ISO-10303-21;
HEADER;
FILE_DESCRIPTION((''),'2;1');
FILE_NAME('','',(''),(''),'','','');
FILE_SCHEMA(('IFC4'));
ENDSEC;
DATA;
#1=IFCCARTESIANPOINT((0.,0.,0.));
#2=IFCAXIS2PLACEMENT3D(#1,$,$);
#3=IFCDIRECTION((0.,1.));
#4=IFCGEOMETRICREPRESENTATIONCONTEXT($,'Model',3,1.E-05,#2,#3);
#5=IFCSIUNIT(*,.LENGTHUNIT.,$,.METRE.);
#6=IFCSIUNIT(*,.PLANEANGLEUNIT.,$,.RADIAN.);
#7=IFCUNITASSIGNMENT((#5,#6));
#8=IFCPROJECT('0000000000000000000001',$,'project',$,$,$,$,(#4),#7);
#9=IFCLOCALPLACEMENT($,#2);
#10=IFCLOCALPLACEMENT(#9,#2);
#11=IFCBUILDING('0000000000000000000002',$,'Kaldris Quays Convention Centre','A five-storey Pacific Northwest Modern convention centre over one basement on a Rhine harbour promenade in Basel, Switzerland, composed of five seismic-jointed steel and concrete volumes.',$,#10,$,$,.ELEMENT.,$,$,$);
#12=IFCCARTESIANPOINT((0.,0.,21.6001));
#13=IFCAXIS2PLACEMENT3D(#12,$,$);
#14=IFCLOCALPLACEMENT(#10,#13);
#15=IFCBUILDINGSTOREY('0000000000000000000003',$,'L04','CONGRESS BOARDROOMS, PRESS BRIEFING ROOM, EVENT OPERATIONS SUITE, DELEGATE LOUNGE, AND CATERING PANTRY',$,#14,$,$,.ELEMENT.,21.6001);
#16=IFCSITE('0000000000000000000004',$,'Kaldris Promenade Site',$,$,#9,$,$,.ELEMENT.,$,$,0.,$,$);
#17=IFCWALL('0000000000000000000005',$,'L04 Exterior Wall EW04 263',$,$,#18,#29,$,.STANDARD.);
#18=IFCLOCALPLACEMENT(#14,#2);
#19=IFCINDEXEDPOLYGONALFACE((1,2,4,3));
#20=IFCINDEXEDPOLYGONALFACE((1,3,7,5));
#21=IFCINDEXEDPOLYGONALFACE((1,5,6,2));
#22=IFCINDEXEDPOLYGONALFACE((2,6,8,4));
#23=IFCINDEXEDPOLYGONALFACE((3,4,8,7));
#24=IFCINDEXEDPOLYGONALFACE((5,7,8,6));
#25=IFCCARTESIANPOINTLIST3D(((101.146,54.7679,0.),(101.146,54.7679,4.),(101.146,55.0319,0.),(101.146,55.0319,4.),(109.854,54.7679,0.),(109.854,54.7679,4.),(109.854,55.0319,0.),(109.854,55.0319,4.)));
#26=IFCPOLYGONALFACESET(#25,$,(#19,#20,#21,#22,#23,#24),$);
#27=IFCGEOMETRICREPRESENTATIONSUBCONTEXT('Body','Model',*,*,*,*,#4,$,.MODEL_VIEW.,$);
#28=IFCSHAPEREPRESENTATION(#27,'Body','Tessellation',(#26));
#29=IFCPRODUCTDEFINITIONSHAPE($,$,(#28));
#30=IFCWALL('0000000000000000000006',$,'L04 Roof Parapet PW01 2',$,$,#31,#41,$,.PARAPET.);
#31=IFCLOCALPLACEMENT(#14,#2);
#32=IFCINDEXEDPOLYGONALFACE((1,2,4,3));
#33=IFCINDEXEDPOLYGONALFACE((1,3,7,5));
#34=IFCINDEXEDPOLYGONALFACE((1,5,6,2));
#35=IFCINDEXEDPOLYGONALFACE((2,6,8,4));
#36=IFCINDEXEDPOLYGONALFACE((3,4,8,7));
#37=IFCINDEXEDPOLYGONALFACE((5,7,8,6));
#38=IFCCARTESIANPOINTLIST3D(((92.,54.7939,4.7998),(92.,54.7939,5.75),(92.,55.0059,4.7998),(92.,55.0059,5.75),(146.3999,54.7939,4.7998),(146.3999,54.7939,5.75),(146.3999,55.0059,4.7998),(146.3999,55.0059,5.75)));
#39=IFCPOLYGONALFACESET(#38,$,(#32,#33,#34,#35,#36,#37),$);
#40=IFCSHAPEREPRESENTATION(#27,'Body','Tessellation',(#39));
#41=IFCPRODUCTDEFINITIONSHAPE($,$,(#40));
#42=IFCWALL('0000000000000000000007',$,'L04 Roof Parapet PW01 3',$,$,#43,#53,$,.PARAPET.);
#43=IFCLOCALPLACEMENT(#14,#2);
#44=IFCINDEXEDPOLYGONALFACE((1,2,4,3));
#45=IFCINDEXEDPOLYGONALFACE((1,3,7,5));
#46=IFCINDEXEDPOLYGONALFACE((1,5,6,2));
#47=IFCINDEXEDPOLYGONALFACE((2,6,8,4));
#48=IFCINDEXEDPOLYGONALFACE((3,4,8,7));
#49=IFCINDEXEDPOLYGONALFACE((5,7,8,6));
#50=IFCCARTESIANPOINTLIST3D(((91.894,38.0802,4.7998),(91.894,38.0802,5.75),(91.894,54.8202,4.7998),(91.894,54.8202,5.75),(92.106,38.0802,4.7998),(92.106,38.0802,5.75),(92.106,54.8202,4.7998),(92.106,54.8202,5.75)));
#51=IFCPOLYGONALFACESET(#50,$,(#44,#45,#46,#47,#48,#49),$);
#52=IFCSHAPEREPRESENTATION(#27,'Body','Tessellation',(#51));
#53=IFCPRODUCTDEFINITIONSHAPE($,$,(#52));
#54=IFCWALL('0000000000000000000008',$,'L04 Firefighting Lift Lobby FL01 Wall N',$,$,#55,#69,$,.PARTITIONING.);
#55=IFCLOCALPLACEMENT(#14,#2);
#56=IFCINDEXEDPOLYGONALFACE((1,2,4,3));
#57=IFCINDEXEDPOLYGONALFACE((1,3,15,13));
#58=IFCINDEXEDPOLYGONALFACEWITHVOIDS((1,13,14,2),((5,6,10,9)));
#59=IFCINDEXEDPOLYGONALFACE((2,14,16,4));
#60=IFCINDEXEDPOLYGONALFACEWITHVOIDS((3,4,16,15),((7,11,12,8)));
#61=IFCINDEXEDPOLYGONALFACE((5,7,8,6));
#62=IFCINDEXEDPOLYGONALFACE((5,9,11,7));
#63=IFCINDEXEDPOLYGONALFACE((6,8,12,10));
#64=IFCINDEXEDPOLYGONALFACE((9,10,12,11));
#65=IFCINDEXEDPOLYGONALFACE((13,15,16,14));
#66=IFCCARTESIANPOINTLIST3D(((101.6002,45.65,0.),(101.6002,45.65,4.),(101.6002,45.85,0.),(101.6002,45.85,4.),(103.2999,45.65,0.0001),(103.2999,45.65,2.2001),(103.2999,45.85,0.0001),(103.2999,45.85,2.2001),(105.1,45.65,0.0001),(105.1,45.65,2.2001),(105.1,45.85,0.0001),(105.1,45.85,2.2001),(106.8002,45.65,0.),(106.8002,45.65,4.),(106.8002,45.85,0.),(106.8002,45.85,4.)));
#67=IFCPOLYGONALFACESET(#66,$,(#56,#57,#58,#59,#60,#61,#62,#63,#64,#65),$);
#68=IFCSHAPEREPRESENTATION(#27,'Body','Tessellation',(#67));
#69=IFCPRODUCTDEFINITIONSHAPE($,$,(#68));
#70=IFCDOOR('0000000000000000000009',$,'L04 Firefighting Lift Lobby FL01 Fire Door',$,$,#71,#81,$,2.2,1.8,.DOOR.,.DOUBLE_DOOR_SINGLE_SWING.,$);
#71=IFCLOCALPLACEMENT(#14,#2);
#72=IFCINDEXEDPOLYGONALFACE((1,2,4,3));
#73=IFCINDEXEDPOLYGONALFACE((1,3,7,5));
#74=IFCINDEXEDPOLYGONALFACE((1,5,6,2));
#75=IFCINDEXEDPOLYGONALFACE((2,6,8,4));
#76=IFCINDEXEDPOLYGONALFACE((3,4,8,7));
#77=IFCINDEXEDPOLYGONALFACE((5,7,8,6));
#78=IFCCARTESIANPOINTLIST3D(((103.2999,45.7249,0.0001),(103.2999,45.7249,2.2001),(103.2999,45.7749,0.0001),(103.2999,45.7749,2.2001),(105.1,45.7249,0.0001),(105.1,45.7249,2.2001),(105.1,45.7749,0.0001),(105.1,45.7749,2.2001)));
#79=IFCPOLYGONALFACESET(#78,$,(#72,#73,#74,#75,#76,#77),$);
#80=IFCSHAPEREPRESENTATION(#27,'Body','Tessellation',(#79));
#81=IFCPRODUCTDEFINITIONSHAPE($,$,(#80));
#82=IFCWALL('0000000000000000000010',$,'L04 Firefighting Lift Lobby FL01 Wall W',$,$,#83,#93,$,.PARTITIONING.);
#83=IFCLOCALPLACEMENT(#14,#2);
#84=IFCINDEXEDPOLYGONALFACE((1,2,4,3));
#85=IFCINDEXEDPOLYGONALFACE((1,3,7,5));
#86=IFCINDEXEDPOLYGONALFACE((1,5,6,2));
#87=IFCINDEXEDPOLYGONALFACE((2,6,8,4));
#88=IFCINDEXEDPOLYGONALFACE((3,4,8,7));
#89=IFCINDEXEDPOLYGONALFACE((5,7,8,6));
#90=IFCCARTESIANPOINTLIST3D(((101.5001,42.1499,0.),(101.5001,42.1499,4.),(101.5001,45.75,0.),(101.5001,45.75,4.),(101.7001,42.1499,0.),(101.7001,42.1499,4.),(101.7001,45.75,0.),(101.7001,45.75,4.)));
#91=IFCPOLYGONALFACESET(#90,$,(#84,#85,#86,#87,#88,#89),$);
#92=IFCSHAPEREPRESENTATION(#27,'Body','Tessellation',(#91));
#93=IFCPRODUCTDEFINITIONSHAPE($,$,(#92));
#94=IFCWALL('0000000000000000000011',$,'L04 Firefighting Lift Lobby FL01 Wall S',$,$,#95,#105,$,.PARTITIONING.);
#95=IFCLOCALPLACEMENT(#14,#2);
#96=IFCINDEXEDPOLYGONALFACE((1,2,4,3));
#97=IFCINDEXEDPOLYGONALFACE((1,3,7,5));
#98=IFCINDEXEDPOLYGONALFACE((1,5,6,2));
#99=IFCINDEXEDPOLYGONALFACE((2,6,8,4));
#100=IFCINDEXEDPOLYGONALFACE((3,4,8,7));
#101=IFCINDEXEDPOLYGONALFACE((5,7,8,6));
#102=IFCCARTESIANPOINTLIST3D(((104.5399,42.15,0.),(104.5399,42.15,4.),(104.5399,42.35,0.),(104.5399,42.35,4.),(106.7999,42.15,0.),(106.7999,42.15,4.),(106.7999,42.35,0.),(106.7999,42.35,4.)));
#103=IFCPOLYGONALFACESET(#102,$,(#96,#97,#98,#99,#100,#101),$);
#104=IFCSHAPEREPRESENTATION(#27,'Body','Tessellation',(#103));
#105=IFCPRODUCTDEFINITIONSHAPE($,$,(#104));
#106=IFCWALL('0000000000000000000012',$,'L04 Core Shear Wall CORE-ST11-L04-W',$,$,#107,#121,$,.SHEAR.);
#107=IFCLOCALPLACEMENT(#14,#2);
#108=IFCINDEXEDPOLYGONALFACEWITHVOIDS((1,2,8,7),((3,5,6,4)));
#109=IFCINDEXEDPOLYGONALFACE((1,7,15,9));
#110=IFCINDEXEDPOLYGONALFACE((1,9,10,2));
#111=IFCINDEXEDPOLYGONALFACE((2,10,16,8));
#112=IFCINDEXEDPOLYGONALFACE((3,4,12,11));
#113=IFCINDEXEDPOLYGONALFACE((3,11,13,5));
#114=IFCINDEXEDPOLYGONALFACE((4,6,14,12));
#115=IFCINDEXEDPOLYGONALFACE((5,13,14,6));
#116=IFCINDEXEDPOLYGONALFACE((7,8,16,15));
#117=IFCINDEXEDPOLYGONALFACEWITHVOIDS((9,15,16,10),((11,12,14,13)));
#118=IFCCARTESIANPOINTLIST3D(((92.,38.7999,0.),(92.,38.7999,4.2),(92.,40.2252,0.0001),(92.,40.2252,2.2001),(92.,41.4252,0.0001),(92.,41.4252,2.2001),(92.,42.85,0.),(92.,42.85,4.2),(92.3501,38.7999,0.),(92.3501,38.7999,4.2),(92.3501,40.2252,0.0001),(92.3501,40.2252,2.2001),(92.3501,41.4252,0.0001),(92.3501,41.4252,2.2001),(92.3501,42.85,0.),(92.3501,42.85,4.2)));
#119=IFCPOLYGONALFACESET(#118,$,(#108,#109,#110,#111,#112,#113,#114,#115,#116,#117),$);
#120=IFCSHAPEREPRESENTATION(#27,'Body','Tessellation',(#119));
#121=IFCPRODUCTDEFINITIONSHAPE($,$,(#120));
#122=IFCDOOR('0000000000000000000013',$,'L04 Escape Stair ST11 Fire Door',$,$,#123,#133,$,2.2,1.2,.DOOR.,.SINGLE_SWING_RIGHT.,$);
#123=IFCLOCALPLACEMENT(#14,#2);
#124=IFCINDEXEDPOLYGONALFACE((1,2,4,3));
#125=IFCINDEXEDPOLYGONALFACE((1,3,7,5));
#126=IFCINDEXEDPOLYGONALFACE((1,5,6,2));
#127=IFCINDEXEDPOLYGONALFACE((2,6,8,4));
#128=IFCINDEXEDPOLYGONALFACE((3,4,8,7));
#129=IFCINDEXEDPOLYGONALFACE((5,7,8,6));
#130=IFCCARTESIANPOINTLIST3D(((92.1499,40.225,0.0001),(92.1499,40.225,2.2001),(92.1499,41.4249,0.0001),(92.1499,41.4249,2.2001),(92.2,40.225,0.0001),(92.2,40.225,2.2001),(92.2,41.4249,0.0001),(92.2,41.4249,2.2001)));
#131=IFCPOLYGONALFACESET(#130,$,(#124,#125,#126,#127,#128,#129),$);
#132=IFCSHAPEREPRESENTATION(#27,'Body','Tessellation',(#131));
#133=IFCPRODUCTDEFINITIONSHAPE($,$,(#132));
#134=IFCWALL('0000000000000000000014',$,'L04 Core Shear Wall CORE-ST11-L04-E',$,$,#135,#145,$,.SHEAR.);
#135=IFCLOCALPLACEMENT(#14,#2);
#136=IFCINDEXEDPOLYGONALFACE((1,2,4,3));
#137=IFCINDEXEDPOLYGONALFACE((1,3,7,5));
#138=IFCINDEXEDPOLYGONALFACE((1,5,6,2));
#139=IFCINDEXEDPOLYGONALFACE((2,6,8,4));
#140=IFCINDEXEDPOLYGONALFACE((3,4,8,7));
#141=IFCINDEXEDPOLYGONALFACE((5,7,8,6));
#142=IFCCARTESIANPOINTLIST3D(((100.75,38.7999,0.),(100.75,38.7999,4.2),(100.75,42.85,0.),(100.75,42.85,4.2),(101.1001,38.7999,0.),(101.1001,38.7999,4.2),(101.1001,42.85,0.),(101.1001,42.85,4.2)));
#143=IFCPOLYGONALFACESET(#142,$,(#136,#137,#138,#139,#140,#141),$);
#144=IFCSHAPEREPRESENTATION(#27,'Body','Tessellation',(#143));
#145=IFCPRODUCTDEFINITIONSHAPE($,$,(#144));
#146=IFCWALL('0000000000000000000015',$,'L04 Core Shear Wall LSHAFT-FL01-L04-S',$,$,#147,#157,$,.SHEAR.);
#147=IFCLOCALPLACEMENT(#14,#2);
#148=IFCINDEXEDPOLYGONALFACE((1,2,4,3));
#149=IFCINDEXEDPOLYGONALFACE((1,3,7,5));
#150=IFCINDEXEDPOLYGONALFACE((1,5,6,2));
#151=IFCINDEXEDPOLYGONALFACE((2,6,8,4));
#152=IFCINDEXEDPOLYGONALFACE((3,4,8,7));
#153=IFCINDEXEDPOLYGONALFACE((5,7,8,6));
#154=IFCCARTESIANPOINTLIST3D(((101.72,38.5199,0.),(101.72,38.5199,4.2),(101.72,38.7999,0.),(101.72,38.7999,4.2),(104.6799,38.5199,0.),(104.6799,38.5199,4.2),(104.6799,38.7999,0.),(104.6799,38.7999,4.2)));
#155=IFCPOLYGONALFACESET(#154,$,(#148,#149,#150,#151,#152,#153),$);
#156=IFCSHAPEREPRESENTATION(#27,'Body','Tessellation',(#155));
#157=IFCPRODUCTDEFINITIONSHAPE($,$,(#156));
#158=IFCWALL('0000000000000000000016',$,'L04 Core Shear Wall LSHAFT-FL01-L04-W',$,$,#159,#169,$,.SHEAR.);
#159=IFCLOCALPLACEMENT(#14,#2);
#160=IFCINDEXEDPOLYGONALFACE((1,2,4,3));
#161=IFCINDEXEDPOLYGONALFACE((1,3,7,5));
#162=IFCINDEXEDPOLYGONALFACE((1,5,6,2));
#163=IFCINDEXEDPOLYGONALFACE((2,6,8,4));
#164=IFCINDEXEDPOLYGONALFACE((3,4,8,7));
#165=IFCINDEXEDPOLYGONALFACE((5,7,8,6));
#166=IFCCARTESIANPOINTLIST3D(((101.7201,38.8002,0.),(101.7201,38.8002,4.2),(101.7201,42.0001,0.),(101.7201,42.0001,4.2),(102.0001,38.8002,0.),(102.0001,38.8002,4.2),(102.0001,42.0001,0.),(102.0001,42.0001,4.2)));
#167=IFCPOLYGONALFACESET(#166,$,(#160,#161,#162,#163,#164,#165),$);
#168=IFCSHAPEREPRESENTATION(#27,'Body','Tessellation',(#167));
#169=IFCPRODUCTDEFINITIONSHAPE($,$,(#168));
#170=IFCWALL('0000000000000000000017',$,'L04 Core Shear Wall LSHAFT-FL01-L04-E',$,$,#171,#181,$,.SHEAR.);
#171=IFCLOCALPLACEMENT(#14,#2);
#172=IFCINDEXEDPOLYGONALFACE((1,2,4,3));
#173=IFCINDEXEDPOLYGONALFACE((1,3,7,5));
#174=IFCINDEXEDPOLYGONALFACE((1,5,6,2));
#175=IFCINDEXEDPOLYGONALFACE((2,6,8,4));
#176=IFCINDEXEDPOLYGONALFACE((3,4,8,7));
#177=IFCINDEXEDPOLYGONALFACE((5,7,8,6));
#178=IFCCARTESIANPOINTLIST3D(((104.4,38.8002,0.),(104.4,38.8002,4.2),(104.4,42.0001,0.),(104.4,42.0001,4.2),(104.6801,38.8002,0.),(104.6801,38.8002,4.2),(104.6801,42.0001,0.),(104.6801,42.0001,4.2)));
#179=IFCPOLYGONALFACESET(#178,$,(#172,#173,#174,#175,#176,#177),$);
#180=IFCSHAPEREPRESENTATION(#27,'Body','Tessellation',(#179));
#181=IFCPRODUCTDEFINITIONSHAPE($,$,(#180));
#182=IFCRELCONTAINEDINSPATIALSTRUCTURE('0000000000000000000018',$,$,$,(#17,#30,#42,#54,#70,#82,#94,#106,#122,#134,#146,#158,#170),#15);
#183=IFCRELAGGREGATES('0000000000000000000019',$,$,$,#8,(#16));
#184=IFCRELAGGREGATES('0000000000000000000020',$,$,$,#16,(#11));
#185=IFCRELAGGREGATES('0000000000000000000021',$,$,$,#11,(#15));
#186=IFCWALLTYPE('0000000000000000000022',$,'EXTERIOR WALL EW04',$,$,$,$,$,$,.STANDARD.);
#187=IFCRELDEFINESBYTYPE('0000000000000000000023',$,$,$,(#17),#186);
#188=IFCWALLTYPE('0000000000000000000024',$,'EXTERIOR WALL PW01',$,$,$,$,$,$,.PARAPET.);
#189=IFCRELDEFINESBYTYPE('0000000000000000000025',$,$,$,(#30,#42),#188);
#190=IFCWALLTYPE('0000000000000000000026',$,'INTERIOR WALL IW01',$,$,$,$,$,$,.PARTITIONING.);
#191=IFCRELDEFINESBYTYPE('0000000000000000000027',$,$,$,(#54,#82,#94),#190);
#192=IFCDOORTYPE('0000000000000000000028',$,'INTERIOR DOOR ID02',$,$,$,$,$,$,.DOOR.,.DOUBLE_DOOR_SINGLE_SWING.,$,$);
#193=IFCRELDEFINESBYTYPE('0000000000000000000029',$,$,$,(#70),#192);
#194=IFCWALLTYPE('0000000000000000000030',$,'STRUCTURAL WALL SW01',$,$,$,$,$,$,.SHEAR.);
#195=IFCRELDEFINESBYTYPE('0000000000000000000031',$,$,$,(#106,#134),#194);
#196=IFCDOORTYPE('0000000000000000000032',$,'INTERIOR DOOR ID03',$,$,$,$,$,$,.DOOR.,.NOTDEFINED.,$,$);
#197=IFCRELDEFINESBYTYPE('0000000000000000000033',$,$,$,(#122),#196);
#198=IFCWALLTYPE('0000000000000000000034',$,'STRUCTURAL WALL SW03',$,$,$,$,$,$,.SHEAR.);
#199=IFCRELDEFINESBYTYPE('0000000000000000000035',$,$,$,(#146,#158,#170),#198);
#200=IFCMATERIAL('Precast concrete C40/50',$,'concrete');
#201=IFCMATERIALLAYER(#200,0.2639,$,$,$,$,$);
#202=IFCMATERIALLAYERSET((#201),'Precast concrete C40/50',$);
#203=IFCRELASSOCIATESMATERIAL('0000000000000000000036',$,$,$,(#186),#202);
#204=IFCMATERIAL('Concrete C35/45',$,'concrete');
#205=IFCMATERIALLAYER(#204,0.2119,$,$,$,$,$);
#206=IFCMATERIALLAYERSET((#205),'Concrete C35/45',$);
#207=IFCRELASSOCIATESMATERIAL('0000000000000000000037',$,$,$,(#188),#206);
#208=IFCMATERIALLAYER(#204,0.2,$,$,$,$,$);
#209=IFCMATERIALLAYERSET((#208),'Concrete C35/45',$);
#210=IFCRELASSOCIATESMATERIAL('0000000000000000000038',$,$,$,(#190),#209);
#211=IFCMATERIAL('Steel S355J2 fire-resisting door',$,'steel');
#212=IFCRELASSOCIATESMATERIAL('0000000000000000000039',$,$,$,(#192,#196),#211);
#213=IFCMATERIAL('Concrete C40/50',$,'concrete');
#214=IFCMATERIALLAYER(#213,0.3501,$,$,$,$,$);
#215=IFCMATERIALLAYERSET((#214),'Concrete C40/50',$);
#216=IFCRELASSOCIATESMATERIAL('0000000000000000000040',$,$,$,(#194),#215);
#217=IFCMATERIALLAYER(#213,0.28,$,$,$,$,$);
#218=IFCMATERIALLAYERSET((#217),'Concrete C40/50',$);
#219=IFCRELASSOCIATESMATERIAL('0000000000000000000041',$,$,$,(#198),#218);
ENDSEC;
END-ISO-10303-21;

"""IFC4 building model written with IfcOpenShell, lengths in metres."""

from ifc_helpers import new_model, si_unit, direction, frame, frame_2d, origin, place, context, subcontext, project, spatial, rectangle, extrude, material, layer, layer_set, type_object, element, fill, save


model = new_model("IFC4")

# Units and contexts
model_context = context("Model", 3, precision=1e-05, world=origin(), true_north=direction((0.0, 1.0)))
body_context = subcontext(model_context, "Body", "Model", "MODEL_VIEW")
ifc_project = project(units=[si_unit("LENGTHUNIT", "METRE"), si_unit("PLANEANGLEUNIT", "RADIAN")], contexts=[model_context])

# Site, building, storey
site_placement = place(None, origin())
site = spatial("IfcSite", under=ifc_project, at=site_placement, Name="Kaldris Promenade Site", CompositionType="ELEMENT", RefElevation=0.0)
building_placement = place(site_placement, origin())
building = spatial("IfcBuilding", under=site, at=building_placement, Name="Kaldris Quays Convention Centre", Description="A five-storey Pacific Northwest Modern convention centre over one basement on a Rhine harbour promenade in Basel, Switzerland, composed of five seismic-jointed steel and concrete volumes.", CompositionType="ELEMENT")
storey_placement = place(building_placement, frame((0.0, 0.0, 21.6001)))
storey = spatial("IfcBuildingStorey", under=building, at=storey_placement, Name="L04", Description="CONGRESS BOARDROOMS, PRESS BRIEFING ROOM, EVENT OPERATIONS SUITE, DELEGATE LOUNGE, AND CATERING PANTRY", CompositionType="ELEMENT", Elevation=21.6001)

# Walls
ifc_material_1 = material(Name="Precast concrete C40/50", Category="concrete")
ifc_layer_1 = layer(ifc_material_1, 0.2639)
ifc_layer_set_1 = layer_set([ifc_layer_1], Name="Precast concrete C40/50")
wall_type_1 = type_object("IfcWallType", Name="EXTERIOR WALL EW04", PredefinedType="STANDARD", material=ifc_layer_set_1)
for number, where, z_axis, x_axis, name in (
    (1, (101.146, 54.8999, 0.0), (0.0, 0.0, 1.0), (1.0, 0.0, 0.0), "L04 Exterior Wall EW04 263"),
):
    element("IfcWall", number, at=place(storey_placement, frame(where, z_axis=z_axis, x_axis=x_axis)), inside=storey, type_object=wall_type_1, Name=name, PredefinedType="STANDARD", context=body_context, shape_type="SweptSolid", body=[
        extrude(rectangle(XDim=8.708, YDim=0.2639, at=frame_2d((4.354, 0.0))), origin(), (0.0, 0.0, 1.0), 4.0),
    ])
ifc_material_2 = material(Name="Concrete C35/45", Category="concrete")
ifc_layer_2 = layer(ifc_material_2, 0.2119)
ifc_layer_set_2 = layer_set([ifc_layer_2], Name="Concrete C35/45")
wall_type_2 = type_object("IfcWallType", Name="EXTERIOR WALL PW01", PredefinedType="PARAPET", material=ifc_layer_set_2)
wall_1_placement = place(storey_placement, frame((92.0, 54.8999, 4.7998), z_axis=(0.0, 0.0, 1.0), x_axis=(1.0, 0.0, 0.0)))
element("IfcWall", 2, at=wall_1_placement, inside=storey, type_object=wall_type_2, Name="L04 Roof Parapet PW01 2", PredefinedType="PARAPET", context=body_context, shape_type="SweptSolid", body=[
    extrude(rectangle(XDim=54.3999, YDim=0.2119, at=frame_2d((27.2, 0.0))), origin(), (0.0, 0.0, 1.0), 0.9502),
])
wall_2_placement = place(storey_placement, frame((92.0, 38.0801, 4.7998), z_axis=(0.0, 0.0, 1.0), x_axis=(0.0, 1.0, 0.0)))
element("IfcWall", 3, at=wall_2_placement, inside=storey, type_object=wall_type_2, Name="L04 Roof Parapet PW01 3", PredefinedType="PARAPET", context=body_context, shape_type="SweptSolid", body=[
    extrude(rectangle(XDim=16.74, YDim=0.2119, at=frame_2d((8.3701, 0.0))), origin(), (0.0, 0.0, 1.0), 0.9502),
])

# Wall, opening, door
ifc_layer_3 = layer(ifc_material_2, 0.2)
ifc_layer_set_3 = layer_set([ifc_layer_3], Name="Concrete C35/45")
wall_type_3 = type_object("IfcWallType", Name="INTERIOR WALL IW01", PredefinedType="PARTITIONING", material=ifc_layer_set_3)
wall_3_placement = place(storey_placement, frame((101.6001, 45.75, 0.0), z_axis=(0.0, 0.0, 1.0), x_axis=(1.0, 0.0, 0.0)))
wall_3 = element("IfcWall", 4, at=wall_3_placement, inside=storey, type_object=wall_type_3, Name="L04 Firefighting Lift Lobby FL01 Wall N", PredefinedType="PARTITIONING", context=body_context, shape_type="SweptSolid", body=[
    extrude(rectangle(XDim=5.2, YDim=0.2, at=frame_2d((2.6001, 0.0))), origin(), (0.0, 0.0, 1.0), 4.0),
])
opening_1_placement = place(wall_3_placement, frame((1.7, 0.0, 0.0)))
opening_1 = element("IfcOpeningElement", 5, at=opening_1_placement, cuts=wall_3, PredefinedType="OPENING", context=body_context, shape_type="SweptSolid", body=[
    extrude(rectangle(XDim=1.8, YDim=2.2, at=frame_2d((0.8999, 1.1001))), frame((0.0, 0.1099, 0.0), z_axis=(0.0, -1.0, 0.0), x_axis=(1.0, 0.0, 0.0)), (0.0, 0.0, 1.0), 0.22),
])
ifc_material_3 = material(Name="Steel S355J2 fire-resisting door", Category="steel")
door_type_1 = type_object("IfcDoorType", Name="INTERIOR DOOR ID02", OperationType="DOUBLE_DOOR_SINGLE_SWING", PredefinedType="DOOR", material=ifc_material_3)
door_1_placement = place(opening_1_placement, origin())
door_1 = element("IfcDoor", 6, at=door_1_placement, inside=storey, type_object=door_type_1, Name="L04 Firefighting Lift Lobby FL01 Fire Door", OperationType="DOUBLE_DOOR_SINGLE_SWING", OverallHeight=2.2, OverallWidth=1.8, PredefinedType="DOOR", context=body_context, shape_type="SweptSolid", body=[
    extrude(rectangle(XDim=1.8, YDim=2.2, at=frame_2d((0.8999, 1.1001))), frame((0.0, 0.0249, 0.0), z_axis=(0.0, -1.0, 0.0), x_axis=(1.0, 0.0, 0.0)), (0.0, 0.0, 1.0), 0.05),
])
fill(opening_1, door_1)

# Walls
wall_4_placement = place(storey_placement, frame((101.6001, 42.1499, 0.0), z_axis=(0.0, 0.0, 1.0), x_axis=(0.0, 1.0, 0.0)))
element("IfcWall", 7, at=wall_4_placement, inside=storey, type_object=wall_type_3, Name="L04 Firefighting Lift Lobby FL01 Wall W", PredefinedType="PARTITIONING", context=body_context, shape_type="SweptSolid", body=[
    extrude(rectangle(XDim=3.6001, YDim=0.2, at=frame_2d((1.8, 0.0))), origin(), (0.0, 0.0, 1.0), 4.0),
])
wall_5_placement = place(storey_placement, frame((104.54, 42.25, 0.0), z_axis=(0.0, 0.0, 1.0), x_axis=(1.0, 0.0, 0.0)))
element("IfcWall", 8, at=wall_5_placement, inside=storey, type_object=wall_type_3, Name="L04 Firefighting Lift Lobby FL01 Wall S", PredefinedType="PARTITIONING", context=body_context, shape_type="SweptSolid", body=[
    extrude(rectangle(XDim=2.26, YDim=0.2, at=frame_2d((1.1299, 0.0))), origin(), (0.0, 0.0, 1.0), 4.0),
])

# Wall, opening, door
ifc_material_4 = material(Name="Concrete C40/50", Category="concrete")
ifc_layer_4 = layer(ifc_material_4, 0.3501)
ifc_layer_set_4 = layer_set([ifc_layer_4], Name="Concrete C40/50")
wall_type_4 = type_object("IfcWallType", Name="STRUCTURAL WALL SW01", PredefinedType="SHEAR", material=ifc_layer_set_4)
wall_6_placement = place(storey_placement, frame((92.175, 38.8, 0.0), z_axis=(0.0, 0.0, 1.0), x_axis=(0.0, 1.0, 0.0)))
wall_6 = element("IfcWall", 9, at=wall_6_placement, inside=storey, type_object=wall_type_4, Name="L04 Core Shear Wall CORE-ST11-L04-W", PredefinedType="SHEAR", context=body_context, shape_type="SweptSolid", body=[
    extrude(rectangle(XDim=4.05, YDim=0.3501, at=frame_2d((2.0249, 0.0))), origin(), (0.0, 0.0, 1.0), 4.2),
])
opening_2_placement = place(wall_6_placement, frame((1.425, 0.0, 0.0)))
opening_2 = element("IfcOpeningElement", 10, at=opening_2_placement, cuts=wall_6, PredefinedType="OPENING", context=body_context, shape_type="SweptSolid", body=[
    extrude(rectangle(XDim=1.2, YDim=2.2, at=frame_2d((0.6001, 1.1001))), frame((0.0, 0.1851, 0.0), z_axis=(0.0, -1.0, 0.0), x_axis=(1.0, 0.0, 0.0)), (0.0, 0.0, 1.0), 0.3701),
])
door_type_2 = type_object("IfcDoorType", Name="INTERIOR DOOR ID03", OperationType="NOTDEFINED", PredefinedType="DOOR", material=ifc_material_3)
door_2_placement = place(opening_2_placement, frame((1.2, 0.0, 0.0), z_axis=(0.0, 0.0, 1.0), x_axis=(-1.0, 0.0, 0.0)))
door_2 = element("IfcDoor", 11, at=door_2_placement, inside=storey, type_object=door_type_2, Name="L04 Escape Stair ST11 Fire Door", OperationType="SINGLE_SWING_RIGHT", OverallHeight=2.2, OverallWidth=1.2, PredefinedType="DOOR", context=body_context, shape_type="SweptSolid", body=[
    extrude(rectangle(XDim=1.2, YDim=2.2, at=frame_2d((0.6001, 1.1001))), frame((0.0, 0.0249, 0.0), z_axis=(0.0, -1.0, 0.0), x_axis=(1.0, 0.0, 0.0)), (0.0, 0.0, 1.0), 0.05),
])
fill(opening_2, door_2)

# Walls
wall_7_placement = place(storey_placement, frame((100.925, 38.8, 0.0), z_axis=(0.0, 0.0, 1.0), x_axis=(0.0, 1.0, 0.0)))
element("IfcWall", 12, at=wall_7_placement, inside=storey, type_object=wall_type_4, Name="L04 Core Shear Wall CORE-ST11-L04-E", PredefinedType="SHEAR", context=body_context, shape_type="SweptSolid", body=[
    extrude(rectangle(XDim=4.05, YDim=0.3501, at=frame_2d((2.0249, 0.0))), origin(), (0.0, 0.0, 1.0), 4.2),
])
ifc_layer_5 = layer(ifc_material_4, 0.28)
ifc_layer_set_5 = layer_set([ifc_layer_5], Name="Concrete C40/50")
wall_type_5 = type_object("IfcWallType", Name="STRUCTURAL WALL SW03", PredefinedType="SHEAR", material=ifc_layer_set_5)
wall_8_placement = place(storey_placement, frame((101.72, 38.6599, 0.0), z_axis=(0.0, 0.0, 1.0), x_axis=(1.0, 0.0, 0.0)))
element("IfcWall", 13, at=wall_8_placement, inside=storey, type_object=wall_type_5, Name="L04 Core Shear Wall LSHAFT-FL01-L04-S", PredefinedType="SHEAR", context=body_context, shape_type="SweptSolid", body=[
    extrude(rectangle(XDim=2.96, YDim=0.28, at=frame_2d((1.48, 0.0))), origin(), (0.0, 0.0, 1.0), 4.2),
])

# Walls
for number, where, z_axis, x_axis, name in (
    (14, (101.8601, 38.8, 0.0), (0.0, 0.0, 1.0), (0.0, 1.0, 0.0), "L04 Core Shear Wall LSHAFT-FL01-L04-W"),
    (15, (104.54, 38.8, 0.0), (0.0, 0.0, 1.0), (0.0, 1.0, 0.0), "L04 Core Shear Wall LSHAFT-FL01-L04-E"),
):
    element("IfcWall", number, at=place(storey_placement, frame(where, z_axis=z_axis, x_axis=x_axis)), inside=storey, type_object=wall_type_5, Name=name, PredefinedType="SHEAR", context=body_context, shape_type="SweptSolid", body=[
        extrude(rectangle(XDim=3.2, YDim=0.28, at=frame_2d((1.6001, 0.0))), origin(), (0.0, 0.0, 1.0), 4.2),
    ])

save(model, "model.ifc")
